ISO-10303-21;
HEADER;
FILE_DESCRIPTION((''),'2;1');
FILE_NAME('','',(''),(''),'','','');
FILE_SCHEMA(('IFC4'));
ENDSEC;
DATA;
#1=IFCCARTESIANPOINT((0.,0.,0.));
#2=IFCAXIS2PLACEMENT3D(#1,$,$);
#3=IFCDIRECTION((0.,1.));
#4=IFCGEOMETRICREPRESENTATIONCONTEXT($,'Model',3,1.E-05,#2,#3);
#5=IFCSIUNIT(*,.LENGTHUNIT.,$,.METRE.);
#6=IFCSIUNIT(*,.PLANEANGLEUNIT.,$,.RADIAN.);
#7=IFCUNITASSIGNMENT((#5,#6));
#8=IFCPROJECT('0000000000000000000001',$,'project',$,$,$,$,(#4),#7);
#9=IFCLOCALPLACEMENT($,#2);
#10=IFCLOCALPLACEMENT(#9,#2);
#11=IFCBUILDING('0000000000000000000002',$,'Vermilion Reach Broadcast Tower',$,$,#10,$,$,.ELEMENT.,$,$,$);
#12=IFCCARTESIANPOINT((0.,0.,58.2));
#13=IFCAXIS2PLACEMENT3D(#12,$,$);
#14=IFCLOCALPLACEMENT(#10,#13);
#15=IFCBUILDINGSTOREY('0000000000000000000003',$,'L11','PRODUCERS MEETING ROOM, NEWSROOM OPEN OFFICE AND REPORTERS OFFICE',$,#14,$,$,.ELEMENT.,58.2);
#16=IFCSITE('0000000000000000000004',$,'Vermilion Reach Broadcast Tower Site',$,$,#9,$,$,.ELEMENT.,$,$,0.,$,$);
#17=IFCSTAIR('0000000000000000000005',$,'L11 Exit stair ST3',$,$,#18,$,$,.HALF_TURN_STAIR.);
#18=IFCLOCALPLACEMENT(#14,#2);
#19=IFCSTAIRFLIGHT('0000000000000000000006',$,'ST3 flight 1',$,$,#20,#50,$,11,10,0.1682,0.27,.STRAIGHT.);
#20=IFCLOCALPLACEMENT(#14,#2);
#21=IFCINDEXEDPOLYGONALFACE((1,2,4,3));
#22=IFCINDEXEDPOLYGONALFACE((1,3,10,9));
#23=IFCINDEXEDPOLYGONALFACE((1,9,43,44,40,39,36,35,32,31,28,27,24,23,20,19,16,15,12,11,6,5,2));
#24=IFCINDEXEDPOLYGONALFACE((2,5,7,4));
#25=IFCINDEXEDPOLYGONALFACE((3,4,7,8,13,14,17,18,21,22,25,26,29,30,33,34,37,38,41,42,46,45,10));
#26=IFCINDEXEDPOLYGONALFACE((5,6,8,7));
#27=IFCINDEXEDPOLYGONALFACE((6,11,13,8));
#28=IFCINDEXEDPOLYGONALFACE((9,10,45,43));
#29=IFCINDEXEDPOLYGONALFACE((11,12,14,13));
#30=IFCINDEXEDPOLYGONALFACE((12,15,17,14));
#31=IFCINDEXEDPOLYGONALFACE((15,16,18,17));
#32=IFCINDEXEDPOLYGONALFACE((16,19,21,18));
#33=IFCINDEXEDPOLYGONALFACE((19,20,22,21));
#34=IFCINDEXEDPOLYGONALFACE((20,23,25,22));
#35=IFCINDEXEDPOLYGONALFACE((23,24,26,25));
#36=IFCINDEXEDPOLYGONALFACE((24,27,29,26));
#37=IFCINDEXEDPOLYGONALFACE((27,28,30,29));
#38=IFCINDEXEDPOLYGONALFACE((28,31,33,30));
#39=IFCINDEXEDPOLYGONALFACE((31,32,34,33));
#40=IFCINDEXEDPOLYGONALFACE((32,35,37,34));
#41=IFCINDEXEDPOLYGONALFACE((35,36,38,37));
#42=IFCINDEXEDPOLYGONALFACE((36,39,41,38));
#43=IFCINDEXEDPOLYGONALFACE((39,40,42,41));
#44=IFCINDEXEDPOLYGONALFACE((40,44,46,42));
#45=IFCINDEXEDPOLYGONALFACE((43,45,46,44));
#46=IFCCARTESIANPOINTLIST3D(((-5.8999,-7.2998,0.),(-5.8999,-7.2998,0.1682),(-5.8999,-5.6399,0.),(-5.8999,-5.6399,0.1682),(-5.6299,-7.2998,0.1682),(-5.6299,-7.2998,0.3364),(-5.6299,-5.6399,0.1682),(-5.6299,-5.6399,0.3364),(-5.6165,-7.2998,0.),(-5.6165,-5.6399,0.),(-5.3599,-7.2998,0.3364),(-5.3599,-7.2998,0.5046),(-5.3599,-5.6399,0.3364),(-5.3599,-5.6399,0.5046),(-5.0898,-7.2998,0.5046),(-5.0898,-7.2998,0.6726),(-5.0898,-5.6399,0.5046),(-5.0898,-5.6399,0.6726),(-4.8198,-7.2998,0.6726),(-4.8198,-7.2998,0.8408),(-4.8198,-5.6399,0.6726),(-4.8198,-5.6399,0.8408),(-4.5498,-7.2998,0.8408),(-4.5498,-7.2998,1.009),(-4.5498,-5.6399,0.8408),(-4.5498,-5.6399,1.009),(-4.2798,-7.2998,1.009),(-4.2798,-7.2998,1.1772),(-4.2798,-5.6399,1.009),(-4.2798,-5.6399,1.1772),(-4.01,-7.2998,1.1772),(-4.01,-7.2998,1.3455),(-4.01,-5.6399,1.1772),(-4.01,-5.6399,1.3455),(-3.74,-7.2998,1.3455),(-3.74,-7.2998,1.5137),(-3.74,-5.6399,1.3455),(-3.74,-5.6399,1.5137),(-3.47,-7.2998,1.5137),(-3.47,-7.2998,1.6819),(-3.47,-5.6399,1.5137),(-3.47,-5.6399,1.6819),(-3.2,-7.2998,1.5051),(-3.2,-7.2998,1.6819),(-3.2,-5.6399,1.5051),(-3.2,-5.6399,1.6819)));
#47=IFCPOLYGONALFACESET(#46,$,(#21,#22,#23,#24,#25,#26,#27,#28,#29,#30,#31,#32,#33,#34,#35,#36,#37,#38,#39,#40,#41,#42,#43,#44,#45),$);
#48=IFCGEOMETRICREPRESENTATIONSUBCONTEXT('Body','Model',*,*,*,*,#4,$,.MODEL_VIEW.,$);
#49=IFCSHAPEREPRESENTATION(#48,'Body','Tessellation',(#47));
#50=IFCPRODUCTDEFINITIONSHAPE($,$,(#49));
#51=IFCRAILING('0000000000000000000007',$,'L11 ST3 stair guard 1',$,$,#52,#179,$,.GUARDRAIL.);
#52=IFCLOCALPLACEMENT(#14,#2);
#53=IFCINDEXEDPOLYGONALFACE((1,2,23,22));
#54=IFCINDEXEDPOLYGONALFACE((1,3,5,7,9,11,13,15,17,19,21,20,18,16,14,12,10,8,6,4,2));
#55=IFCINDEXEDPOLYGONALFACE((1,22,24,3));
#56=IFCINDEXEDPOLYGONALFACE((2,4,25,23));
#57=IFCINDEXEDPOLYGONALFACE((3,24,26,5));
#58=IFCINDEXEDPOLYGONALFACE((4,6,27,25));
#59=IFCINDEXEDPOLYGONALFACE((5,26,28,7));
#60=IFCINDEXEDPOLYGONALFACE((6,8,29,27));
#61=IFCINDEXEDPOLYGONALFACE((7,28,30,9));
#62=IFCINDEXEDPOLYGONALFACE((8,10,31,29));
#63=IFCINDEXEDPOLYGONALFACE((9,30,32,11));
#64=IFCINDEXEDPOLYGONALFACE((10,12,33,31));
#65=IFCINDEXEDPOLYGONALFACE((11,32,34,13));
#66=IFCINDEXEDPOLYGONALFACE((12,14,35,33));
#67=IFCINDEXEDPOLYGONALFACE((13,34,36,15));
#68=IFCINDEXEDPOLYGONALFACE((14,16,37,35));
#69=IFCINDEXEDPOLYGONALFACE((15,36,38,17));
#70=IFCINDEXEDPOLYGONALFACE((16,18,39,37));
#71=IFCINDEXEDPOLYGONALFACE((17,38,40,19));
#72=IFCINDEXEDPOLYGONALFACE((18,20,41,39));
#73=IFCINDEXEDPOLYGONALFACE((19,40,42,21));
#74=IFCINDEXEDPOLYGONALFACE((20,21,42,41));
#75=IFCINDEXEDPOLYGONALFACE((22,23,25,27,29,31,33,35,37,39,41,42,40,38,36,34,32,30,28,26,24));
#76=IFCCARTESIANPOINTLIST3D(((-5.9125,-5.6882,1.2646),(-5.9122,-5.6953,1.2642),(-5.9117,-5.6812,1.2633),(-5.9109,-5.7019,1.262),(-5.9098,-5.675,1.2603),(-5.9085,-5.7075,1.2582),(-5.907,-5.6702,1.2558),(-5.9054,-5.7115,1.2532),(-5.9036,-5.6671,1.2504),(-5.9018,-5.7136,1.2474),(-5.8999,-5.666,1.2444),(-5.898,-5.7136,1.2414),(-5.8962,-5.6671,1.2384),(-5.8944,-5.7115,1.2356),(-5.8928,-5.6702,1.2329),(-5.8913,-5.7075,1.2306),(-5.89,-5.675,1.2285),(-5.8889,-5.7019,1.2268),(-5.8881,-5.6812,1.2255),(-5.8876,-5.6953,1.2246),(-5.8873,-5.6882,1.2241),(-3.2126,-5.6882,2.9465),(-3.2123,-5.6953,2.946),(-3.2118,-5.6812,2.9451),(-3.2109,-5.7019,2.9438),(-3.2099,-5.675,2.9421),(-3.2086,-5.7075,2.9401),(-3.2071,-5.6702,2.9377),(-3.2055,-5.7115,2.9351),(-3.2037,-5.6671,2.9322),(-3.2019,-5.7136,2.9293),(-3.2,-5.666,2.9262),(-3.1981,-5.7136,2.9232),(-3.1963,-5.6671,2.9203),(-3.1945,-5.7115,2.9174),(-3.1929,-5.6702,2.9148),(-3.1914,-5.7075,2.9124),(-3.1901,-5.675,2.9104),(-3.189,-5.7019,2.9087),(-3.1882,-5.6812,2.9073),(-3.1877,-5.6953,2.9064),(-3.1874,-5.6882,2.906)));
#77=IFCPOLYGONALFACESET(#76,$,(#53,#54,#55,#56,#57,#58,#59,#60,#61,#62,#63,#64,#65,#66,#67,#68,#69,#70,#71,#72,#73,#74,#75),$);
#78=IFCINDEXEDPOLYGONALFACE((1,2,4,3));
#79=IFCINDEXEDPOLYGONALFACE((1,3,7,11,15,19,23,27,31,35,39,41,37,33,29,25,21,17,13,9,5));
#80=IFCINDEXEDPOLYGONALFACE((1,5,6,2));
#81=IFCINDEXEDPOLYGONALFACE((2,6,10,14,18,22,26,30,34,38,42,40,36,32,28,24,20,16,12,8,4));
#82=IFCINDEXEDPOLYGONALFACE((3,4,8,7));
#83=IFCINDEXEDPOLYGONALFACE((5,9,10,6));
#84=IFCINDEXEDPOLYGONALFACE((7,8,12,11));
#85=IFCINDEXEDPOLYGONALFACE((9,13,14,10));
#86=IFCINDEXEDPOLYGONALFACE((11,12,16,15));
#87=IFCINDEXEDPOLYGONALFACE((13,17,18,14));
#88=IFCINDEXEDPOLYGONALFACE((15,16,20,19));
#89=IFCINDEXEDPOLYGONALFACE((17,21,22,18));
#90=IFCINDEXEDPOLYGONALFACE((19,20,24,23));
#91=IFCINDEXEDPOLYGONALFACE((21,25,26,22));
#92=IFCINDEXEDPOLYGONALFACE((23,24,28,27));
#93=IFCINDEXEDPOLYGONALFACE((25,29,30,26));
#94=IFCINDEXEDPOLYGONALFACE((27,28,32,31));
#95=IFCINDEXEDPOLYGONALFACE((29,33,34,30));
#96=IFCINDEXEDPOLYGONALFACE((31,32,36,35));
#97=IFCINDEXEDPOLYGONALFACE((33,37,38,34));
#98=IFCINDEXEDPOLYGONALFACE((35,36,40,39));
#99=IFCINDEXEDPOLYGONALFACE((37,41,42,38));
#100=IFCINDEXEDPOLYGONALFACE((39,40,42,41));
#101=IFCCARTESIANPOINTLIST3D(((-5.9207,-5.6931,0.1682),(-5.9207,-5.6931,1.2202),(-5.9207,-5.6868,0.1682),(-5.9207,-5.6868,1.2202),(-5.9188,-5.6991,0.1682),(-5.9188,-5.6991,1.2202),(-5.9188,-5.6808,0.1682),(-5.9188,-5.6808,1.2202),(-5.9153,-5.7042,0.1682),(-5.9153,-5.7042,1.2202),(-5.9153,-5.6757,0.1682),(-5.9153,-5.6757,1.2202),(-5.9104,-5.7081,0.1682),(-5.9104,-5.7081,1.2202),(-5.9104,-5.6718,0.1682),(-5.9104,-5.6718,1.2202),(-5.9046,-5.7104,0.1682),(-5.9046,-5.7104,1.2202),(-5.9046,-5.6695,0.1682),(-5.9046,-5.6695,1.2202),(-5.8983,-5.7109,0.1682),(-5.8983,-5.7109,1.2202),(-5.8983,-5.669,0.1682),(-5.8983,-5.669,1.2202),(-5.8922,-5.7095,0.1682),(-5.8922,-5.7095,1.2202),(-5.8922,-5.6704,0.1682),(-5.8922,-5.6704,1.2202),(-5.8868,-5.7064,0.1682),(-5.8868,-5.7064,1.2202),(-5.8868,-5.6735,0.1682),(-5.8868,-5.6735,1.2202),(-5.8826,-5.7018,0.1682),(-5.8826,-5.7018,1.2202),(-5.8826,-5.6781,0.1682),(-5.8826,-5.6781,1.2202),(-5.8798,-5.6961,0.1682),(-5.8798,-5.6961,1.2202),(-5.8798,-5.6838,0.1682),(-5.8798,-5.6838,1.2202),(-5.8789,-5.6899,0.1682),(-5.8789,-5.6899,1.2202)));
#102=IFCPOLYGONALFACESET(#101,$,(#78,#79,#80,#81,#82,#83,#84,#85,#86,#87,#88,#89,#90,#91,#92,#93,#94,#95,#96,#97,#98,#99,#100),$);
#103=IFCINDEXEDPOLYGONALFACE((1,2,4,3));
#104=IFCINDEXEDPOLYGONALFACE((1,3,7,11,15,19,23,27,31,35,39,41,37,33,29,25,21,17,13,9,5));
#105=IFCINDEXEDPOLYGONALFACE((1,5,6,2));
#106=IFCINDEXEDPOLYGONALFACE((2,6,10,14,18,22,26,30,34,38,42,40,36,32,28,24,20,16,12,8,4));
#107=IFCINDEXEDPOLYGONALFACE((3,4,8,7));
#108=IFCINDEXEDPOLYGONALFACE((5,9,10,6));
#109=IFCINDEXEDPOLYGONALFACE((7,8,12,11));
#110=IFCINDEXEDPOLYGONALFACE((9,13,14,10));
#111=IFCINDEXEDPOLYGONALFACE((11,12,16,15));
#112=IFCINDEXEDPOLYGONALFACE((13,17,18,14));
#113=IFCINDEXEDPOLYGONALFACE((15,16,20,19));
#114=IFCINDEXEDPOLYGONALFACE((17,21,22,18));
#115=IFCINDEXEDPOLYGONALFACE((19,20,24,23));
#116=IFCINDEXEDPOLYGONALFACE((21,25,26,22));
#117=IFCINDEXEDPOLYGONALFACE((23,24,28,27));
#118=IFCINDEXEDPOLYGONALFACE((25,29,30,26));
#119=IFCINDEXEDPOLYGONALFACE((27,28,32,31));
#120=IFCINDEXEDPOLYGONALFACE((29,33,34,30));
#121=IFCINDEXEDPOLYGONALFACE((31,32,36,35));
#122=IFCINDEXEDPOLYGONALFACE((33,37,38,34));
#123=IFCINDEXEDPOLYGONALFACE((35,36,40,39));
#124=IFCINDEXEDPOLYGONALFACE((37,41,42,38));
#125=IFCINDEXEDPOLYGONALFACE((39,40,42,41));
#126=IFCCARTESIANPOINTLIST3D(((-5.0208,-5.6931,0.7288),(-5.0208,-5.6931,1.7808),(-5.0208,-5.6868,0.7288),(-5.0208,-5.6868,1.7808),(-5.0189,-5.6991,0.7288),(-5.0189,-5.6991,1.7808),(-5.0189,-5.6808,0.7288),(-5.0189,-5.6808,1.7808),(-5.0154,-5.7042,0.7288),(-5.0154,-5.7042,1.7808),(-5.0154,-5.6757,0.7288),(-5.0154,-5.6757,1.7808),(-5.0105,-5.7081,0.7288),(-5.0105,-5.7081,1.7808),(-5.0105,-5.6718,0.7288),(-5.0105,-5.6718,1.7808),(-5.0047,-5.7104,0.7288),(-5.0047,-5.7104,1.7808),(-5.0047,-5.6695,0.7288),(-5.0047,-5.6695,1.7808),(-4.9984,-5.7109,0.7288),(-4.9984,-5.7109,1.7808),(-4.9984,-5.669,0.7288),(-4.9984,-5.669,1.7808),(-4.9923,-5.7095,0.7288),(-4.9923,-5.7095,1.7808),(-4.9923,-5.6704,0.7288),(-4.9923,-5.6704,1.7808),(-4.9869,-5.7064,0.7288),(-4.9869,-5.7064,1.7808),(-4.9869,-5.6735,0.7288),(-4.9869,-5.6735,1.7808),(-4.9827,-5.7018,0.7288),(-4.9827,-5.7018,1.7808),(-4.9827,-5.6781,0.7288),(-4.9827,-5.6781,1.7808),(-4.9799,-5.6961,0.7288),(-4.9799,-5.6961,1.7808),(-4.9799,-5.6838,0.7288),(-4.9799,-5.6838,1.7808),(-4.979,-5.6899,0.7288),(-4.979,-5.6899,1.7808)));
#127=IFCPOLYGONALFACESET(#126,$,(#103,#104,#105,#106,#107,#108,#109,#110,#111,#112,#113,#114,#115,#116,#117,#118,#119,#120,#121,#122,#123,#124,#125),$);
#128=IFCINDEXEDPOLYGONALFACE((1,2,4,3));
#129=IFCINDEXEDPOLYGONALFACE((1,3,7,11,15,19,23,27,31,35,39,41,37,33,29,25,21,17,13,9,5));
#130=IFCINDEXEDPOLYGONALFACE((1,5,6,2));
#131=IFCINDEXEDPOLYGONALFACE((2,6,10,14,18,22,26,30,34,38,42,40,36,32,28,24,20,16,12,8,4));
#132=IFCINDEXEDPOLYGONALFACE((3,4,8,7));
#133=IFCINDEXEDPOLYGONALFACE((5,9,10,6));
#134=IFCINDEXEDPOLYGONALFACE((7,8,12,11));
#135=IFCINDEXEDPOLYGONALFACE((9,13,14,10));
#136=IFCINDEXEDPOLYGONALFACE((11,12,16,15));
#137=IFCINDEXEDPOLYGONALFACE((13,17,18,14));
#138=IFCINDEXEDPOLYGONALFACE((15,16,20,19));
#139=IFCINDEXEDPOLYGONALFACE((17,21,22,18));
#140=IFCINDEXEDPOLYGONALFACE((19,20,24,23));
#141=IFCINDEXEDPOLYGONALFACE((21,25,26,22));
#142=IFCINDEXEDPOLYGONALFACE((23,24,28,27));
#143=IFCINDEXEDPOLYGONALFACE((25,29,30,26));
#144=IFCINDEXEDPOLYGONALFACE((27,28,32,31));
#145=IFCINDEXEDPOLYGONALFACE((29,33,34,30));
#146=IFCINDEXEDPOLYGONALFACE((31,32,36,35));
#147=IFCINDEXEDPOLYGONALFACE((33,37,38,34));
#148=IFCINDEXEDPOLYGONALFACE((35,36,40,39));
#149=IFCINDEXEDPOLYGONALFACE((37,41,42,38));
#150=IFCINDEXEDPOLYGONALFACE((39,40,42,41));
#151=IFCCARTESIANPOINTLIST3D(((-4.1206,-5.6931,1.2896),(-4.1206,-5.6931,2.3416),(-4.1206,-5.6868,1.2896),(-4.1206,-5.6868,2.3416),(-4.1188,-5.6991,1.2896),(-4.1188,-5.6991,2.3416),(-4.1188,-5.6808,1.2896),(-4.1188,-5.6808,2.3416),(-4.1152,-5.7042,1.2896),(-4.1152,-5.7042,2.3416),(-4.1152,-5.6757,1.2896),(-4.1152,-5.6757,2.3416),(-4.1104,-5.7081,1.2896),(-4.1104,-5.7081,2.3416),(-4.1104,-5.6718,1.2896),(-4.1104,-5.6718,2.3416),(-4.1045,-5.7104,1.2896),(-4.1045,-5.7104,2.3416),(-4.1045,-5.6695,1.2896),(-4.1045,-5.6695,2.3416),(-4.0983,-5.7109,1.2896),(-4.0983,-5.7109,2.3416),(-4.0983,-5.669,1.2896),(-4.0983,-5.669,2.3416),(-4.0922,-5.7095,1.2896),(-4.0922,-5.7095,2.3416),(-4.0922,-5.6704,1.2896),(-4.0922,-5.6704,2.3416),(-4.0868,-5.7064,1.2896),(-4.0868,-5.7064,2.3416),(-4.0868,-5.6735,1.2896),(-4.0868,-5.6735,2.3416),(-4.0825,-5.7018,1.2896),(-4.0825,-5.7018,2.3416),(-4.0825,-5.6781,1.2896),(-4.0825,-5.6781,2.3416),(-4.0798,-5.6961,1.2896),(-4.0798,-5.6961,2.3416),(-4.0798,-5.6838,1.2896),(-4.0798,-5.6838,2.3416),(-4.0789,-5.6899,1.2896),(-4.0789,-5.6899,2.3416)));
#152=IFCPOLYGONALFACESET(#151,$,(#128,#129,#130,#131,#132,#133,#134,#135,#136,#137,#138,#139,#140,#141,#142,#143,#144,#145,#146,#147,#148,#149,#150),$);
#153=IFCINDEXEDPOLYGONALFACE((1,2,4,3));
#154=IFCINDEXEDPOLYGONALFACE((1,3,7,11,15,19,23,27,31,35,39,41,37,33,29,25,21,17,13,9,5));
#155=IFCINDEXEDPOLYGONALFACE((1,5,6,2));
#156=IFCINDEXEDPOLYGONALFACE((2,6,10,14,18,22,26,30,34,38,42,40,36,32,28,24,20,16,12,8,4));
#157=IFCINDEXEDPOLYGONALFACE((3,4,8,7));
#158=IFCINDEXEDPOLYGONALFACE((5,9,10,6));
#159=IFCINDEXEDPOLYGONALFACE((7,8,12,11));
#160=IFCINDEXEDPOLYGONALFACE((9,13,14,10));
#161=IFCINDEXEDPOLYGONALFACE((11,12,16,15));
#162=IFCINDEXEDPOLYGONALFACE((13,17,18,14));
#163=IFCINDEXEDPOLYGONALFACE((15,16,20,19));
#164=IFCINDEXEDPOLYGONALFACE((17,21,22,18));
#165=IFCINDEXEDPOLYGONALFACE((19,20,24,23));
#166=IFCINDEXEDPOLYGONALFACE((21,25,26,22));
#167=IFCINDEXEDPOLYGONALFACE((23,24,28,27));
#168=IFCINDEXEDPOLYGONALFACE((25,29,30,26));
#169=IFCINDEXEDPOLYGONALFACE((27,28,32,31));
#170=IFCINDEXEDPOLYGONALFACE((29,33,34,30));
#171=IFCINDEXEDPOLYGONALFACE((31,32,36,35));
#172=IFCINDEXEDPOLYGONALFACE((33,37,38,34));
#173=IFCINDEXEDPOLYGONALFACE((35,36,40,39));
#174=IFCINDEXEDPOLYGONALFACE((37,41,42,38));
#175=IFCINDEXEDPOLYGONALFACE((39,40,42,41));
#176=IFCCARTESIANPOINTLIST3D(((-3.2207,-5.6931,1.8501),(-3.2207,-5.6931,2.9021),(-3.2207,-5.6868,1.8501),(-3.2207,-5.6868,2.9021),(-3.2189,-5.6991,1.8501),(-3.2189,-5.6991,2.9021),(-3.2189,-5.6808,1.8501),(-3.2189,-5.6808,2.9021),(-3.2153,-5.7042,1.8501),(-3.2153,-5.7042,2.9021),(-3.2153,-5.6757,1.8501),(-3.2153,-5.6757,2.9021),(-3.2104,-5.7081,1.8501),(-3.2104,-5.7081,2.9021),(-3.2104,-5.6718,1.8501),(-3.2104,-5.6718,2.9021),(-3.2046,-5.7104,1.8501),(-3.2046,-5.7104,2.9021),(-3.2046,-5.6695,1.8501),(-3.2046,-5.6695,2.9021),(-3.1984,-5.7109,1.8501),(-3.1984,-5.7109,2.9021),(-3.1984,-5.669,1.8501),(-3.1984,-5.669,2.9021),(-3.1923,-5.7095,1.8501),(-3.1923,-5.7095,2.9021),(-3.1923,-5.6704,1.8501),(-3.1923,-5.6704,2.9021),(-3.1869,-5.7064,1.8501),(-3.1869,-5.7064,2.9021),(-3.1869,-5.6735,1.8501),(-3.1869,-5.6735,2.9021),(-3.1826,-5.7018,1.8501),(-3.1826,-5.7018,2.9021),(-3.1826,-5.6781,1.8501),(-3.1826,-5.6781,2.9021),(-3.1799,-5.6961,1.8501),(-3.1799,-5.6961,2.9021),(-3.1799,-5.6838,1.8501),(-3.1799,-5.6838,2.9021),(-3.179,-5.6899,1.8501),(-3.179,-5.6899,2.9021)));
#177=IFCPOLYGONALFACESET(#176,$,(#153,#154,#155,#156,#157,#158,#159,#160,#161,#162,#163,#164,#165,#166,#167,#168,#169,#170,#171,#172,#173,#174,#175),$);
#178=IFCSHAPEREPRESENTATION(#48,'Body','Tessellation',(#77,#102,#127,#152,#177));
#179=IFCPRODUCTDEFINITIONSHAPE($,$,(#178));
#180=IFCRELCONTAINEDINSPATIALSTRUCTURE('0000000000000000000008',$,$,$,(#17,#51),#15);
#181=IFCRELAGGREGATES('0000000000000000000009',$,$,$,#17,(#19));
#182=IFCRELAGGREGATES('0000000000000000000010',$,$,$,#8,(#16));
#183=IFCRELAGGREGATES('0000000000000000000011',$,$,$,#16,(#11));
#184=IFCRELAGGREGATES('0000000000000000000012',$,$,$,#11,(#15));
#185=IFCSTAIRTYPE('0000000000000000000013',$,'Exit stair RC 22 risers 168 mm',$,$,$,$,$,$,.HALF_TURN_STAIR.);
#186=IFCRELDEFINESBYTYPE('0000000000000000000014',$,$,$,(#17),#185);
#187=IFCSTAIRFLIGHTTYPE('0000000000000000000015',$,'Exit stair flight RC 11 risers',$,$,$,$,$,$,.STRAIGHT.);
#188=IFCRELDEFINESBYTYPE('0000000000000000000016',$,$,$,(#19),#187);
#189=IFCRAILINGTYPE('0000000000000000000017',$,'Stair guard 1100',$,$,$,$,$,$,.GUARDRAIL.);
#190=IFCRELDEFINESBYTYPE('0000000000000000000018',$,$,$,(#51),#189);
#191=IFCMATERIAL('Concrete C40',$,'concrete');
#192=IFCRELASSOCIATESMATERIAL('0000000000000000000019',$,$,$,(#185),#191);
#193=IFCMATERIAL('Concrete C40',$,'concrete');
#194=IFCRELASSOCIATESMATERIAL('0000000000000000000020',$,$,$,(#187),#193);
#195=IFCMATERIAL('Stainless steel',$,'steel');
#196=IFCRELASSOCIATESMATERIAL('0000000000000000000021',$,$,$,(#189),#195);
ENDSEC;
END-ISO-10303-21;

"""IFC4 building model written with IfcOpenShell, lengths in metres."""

from ifc_helpers import new_model, si_unit, direction, frame, origin, origin_2d, place, context, subcontext, project, spatial, polyline, circle, outline, extrude, material, type_object, element, aggregate, save


model = new_model("IFC4")

# Units and contexts
model_context = context("Model", 3, precision=1e-05, world=origin(), true_north=direction((0.0, 1.0)))
body_context = subcontext(model_context, "Body", "Model", "MODEL_VIEW")
ifc_project = project(units=[si_unit("LENGTHUNIT", "METRE"), si_unit("PLANEANGLEUNIT", "RADIAN")], contexts=[model_context])

# Site, building, storey
site_placement = place(None, origin())
site = spatial("IfcSite", under=ifc_project, at=site_placement, Name="Vermilion Reach Broadcast Tower Site", CompositionType="ELEMENT", RefElevation=0.0)
building_placement = place(site_placement, origin())
building = spatial("IfcBuilding", under=site, at=building_placement, Name="Vermilion Reach Broadcast Tower", CompositionType="ELEMENT")
storey_placement = place(building_placement, frame((0.0, 0.0, 58.2)))
storey = spatial("IfcBuildingStorey", under=building, at=storey_placement, Name="L11", Description="PRODUCERS MEETING ROOM, NEWSROOM OPEN OFFICE AND REPORTERS OFFICE", CompositionType="ELEMENT", Elevation=58.2)

# Stair, stair flight
ifc_material_1 = material(Name="Concrete C40", Category="concrete")
stair_type = type_object("IfcStairType", Name="Exit stair RC 22 risers 168 mm", PredefinedType="HALF_TURN_STAIR", material=ifc_material_1)
stair_placement = place(storey_placement, origin())
stair = element("IfcStair", 1, at=stair_placement, inside=storey, type_object=stair_type, Name="L11 Exit stair ST3", PredefinedType="HALF_TURN_STAIR")
ifc_material_2 = material(Name="Concrete C40", Category="concrete")
stair_flight_type = type_object("IfcStairFlightType", Name="Exit stair flight RC 11 risers", PredefinedType="STRAIGHT", material=ifc_material_2)
stair_flight_placement = place(storey_placement, frame((-5.8999, -6.47, 0.0), z_axis=(0.0, 0.0, 1.0), x_axis=(1.0, 0.0, 0.0)))
stair_flight = element("IfcStairFlight", 2, at=stair_flight_placement, type_object=stair_flight_type, Name="ST3 flight 1", NumberOfRisers=11, NumberOfTreads=10, PredefinedType="STRAIGHT", RiserHeight=0.1682, TreadLength=0.27, context=body_context, shape_type="SweptSolid", body=[
    extrude(outline(polyline([(0.0, 0.0), (0.0, 0.1682), (0.27, 0.1682), (0.27, 0.3364), (0.54, 0.3364), (0.54, 0.5046), (0.8101, 0.5046), (0.8101, 0.6726), (1.0801, 0.6726), (1.0801, 0.8408), (1.3501, 0.8408), (1.3501, 1.009), (1.6201, 1.009), (1.6201, 1.1772), (1.8899, 1.1772), (1.8899, 1.3455), (2.1599, 1.3455), (2.1599, 1.5137), (2.4299, 1.5137), (2.4299, 1.6819), (2.7, 1.6819), (2.7, 1.8501), (2.7, 1.5051), (0.2834, 0.0), (0.0, 0.0)])), frame((0.0, 0.8301, 0.0), z_axis=(0.0, -1.0, 0.0), x_axis=(1.0, 0.0, 0.0)), (0.0, 0.0, 1.0), 1.6599),
])
aggregate(stair, [stair_flight])

# Railing
ifc_material_3 = material(Name="Stainless steel", Category="steel")
railing_type_1 = type_object("IfcRailingType", Name="Stair guard 1100", PredefinedType="GUARDRAIL", material=ifc_material_3)
railing_1_placement = place(storey_placement, frame((-5.8999, -5.6899, 0.1682)))
element("IfcRailing", 3, at=railing_1_placement, inside=storey, type_object=railing_type_1, Name="L11 ST3 stair guard 1", PredefinedType="GUARDRAIL", context=body_context, shape_type="SweptSolid", body=[
    extrude(circle(Radius=0.0239, at=origin_2d()), frame((0.0, 0.0, 1.0762), z_axis=(0.848786, 0.0, 0.528736), x_axis=(0.0, 1.0, 0.0)), (0.0, 0.0, 1.0), 3.1809),
    extrude(circle(Radius=0.021, at=origin_2d()), origin(), (0.0, 0.0, 1.0), 1.052),
    extrude(circle(Radius=0.021, at=origin_2d()), frame((0.8999, 0.0, 0.5605)), (0.0, 0.0, 1.0), 1.052),
    extrude(circle(Radius=0.021, at=origin_2d()), frame((1.8, 0.0, 1.1213)), (0.0, 0.0, 1.0), 1.052),
    extrude(circle(Radius=0.021, at=origin_2d()), frame((2.7, 0.0, 1.6819)), (0.0, 0.0, 1.0), 1.052),
])

save(model, "model.ifc")
